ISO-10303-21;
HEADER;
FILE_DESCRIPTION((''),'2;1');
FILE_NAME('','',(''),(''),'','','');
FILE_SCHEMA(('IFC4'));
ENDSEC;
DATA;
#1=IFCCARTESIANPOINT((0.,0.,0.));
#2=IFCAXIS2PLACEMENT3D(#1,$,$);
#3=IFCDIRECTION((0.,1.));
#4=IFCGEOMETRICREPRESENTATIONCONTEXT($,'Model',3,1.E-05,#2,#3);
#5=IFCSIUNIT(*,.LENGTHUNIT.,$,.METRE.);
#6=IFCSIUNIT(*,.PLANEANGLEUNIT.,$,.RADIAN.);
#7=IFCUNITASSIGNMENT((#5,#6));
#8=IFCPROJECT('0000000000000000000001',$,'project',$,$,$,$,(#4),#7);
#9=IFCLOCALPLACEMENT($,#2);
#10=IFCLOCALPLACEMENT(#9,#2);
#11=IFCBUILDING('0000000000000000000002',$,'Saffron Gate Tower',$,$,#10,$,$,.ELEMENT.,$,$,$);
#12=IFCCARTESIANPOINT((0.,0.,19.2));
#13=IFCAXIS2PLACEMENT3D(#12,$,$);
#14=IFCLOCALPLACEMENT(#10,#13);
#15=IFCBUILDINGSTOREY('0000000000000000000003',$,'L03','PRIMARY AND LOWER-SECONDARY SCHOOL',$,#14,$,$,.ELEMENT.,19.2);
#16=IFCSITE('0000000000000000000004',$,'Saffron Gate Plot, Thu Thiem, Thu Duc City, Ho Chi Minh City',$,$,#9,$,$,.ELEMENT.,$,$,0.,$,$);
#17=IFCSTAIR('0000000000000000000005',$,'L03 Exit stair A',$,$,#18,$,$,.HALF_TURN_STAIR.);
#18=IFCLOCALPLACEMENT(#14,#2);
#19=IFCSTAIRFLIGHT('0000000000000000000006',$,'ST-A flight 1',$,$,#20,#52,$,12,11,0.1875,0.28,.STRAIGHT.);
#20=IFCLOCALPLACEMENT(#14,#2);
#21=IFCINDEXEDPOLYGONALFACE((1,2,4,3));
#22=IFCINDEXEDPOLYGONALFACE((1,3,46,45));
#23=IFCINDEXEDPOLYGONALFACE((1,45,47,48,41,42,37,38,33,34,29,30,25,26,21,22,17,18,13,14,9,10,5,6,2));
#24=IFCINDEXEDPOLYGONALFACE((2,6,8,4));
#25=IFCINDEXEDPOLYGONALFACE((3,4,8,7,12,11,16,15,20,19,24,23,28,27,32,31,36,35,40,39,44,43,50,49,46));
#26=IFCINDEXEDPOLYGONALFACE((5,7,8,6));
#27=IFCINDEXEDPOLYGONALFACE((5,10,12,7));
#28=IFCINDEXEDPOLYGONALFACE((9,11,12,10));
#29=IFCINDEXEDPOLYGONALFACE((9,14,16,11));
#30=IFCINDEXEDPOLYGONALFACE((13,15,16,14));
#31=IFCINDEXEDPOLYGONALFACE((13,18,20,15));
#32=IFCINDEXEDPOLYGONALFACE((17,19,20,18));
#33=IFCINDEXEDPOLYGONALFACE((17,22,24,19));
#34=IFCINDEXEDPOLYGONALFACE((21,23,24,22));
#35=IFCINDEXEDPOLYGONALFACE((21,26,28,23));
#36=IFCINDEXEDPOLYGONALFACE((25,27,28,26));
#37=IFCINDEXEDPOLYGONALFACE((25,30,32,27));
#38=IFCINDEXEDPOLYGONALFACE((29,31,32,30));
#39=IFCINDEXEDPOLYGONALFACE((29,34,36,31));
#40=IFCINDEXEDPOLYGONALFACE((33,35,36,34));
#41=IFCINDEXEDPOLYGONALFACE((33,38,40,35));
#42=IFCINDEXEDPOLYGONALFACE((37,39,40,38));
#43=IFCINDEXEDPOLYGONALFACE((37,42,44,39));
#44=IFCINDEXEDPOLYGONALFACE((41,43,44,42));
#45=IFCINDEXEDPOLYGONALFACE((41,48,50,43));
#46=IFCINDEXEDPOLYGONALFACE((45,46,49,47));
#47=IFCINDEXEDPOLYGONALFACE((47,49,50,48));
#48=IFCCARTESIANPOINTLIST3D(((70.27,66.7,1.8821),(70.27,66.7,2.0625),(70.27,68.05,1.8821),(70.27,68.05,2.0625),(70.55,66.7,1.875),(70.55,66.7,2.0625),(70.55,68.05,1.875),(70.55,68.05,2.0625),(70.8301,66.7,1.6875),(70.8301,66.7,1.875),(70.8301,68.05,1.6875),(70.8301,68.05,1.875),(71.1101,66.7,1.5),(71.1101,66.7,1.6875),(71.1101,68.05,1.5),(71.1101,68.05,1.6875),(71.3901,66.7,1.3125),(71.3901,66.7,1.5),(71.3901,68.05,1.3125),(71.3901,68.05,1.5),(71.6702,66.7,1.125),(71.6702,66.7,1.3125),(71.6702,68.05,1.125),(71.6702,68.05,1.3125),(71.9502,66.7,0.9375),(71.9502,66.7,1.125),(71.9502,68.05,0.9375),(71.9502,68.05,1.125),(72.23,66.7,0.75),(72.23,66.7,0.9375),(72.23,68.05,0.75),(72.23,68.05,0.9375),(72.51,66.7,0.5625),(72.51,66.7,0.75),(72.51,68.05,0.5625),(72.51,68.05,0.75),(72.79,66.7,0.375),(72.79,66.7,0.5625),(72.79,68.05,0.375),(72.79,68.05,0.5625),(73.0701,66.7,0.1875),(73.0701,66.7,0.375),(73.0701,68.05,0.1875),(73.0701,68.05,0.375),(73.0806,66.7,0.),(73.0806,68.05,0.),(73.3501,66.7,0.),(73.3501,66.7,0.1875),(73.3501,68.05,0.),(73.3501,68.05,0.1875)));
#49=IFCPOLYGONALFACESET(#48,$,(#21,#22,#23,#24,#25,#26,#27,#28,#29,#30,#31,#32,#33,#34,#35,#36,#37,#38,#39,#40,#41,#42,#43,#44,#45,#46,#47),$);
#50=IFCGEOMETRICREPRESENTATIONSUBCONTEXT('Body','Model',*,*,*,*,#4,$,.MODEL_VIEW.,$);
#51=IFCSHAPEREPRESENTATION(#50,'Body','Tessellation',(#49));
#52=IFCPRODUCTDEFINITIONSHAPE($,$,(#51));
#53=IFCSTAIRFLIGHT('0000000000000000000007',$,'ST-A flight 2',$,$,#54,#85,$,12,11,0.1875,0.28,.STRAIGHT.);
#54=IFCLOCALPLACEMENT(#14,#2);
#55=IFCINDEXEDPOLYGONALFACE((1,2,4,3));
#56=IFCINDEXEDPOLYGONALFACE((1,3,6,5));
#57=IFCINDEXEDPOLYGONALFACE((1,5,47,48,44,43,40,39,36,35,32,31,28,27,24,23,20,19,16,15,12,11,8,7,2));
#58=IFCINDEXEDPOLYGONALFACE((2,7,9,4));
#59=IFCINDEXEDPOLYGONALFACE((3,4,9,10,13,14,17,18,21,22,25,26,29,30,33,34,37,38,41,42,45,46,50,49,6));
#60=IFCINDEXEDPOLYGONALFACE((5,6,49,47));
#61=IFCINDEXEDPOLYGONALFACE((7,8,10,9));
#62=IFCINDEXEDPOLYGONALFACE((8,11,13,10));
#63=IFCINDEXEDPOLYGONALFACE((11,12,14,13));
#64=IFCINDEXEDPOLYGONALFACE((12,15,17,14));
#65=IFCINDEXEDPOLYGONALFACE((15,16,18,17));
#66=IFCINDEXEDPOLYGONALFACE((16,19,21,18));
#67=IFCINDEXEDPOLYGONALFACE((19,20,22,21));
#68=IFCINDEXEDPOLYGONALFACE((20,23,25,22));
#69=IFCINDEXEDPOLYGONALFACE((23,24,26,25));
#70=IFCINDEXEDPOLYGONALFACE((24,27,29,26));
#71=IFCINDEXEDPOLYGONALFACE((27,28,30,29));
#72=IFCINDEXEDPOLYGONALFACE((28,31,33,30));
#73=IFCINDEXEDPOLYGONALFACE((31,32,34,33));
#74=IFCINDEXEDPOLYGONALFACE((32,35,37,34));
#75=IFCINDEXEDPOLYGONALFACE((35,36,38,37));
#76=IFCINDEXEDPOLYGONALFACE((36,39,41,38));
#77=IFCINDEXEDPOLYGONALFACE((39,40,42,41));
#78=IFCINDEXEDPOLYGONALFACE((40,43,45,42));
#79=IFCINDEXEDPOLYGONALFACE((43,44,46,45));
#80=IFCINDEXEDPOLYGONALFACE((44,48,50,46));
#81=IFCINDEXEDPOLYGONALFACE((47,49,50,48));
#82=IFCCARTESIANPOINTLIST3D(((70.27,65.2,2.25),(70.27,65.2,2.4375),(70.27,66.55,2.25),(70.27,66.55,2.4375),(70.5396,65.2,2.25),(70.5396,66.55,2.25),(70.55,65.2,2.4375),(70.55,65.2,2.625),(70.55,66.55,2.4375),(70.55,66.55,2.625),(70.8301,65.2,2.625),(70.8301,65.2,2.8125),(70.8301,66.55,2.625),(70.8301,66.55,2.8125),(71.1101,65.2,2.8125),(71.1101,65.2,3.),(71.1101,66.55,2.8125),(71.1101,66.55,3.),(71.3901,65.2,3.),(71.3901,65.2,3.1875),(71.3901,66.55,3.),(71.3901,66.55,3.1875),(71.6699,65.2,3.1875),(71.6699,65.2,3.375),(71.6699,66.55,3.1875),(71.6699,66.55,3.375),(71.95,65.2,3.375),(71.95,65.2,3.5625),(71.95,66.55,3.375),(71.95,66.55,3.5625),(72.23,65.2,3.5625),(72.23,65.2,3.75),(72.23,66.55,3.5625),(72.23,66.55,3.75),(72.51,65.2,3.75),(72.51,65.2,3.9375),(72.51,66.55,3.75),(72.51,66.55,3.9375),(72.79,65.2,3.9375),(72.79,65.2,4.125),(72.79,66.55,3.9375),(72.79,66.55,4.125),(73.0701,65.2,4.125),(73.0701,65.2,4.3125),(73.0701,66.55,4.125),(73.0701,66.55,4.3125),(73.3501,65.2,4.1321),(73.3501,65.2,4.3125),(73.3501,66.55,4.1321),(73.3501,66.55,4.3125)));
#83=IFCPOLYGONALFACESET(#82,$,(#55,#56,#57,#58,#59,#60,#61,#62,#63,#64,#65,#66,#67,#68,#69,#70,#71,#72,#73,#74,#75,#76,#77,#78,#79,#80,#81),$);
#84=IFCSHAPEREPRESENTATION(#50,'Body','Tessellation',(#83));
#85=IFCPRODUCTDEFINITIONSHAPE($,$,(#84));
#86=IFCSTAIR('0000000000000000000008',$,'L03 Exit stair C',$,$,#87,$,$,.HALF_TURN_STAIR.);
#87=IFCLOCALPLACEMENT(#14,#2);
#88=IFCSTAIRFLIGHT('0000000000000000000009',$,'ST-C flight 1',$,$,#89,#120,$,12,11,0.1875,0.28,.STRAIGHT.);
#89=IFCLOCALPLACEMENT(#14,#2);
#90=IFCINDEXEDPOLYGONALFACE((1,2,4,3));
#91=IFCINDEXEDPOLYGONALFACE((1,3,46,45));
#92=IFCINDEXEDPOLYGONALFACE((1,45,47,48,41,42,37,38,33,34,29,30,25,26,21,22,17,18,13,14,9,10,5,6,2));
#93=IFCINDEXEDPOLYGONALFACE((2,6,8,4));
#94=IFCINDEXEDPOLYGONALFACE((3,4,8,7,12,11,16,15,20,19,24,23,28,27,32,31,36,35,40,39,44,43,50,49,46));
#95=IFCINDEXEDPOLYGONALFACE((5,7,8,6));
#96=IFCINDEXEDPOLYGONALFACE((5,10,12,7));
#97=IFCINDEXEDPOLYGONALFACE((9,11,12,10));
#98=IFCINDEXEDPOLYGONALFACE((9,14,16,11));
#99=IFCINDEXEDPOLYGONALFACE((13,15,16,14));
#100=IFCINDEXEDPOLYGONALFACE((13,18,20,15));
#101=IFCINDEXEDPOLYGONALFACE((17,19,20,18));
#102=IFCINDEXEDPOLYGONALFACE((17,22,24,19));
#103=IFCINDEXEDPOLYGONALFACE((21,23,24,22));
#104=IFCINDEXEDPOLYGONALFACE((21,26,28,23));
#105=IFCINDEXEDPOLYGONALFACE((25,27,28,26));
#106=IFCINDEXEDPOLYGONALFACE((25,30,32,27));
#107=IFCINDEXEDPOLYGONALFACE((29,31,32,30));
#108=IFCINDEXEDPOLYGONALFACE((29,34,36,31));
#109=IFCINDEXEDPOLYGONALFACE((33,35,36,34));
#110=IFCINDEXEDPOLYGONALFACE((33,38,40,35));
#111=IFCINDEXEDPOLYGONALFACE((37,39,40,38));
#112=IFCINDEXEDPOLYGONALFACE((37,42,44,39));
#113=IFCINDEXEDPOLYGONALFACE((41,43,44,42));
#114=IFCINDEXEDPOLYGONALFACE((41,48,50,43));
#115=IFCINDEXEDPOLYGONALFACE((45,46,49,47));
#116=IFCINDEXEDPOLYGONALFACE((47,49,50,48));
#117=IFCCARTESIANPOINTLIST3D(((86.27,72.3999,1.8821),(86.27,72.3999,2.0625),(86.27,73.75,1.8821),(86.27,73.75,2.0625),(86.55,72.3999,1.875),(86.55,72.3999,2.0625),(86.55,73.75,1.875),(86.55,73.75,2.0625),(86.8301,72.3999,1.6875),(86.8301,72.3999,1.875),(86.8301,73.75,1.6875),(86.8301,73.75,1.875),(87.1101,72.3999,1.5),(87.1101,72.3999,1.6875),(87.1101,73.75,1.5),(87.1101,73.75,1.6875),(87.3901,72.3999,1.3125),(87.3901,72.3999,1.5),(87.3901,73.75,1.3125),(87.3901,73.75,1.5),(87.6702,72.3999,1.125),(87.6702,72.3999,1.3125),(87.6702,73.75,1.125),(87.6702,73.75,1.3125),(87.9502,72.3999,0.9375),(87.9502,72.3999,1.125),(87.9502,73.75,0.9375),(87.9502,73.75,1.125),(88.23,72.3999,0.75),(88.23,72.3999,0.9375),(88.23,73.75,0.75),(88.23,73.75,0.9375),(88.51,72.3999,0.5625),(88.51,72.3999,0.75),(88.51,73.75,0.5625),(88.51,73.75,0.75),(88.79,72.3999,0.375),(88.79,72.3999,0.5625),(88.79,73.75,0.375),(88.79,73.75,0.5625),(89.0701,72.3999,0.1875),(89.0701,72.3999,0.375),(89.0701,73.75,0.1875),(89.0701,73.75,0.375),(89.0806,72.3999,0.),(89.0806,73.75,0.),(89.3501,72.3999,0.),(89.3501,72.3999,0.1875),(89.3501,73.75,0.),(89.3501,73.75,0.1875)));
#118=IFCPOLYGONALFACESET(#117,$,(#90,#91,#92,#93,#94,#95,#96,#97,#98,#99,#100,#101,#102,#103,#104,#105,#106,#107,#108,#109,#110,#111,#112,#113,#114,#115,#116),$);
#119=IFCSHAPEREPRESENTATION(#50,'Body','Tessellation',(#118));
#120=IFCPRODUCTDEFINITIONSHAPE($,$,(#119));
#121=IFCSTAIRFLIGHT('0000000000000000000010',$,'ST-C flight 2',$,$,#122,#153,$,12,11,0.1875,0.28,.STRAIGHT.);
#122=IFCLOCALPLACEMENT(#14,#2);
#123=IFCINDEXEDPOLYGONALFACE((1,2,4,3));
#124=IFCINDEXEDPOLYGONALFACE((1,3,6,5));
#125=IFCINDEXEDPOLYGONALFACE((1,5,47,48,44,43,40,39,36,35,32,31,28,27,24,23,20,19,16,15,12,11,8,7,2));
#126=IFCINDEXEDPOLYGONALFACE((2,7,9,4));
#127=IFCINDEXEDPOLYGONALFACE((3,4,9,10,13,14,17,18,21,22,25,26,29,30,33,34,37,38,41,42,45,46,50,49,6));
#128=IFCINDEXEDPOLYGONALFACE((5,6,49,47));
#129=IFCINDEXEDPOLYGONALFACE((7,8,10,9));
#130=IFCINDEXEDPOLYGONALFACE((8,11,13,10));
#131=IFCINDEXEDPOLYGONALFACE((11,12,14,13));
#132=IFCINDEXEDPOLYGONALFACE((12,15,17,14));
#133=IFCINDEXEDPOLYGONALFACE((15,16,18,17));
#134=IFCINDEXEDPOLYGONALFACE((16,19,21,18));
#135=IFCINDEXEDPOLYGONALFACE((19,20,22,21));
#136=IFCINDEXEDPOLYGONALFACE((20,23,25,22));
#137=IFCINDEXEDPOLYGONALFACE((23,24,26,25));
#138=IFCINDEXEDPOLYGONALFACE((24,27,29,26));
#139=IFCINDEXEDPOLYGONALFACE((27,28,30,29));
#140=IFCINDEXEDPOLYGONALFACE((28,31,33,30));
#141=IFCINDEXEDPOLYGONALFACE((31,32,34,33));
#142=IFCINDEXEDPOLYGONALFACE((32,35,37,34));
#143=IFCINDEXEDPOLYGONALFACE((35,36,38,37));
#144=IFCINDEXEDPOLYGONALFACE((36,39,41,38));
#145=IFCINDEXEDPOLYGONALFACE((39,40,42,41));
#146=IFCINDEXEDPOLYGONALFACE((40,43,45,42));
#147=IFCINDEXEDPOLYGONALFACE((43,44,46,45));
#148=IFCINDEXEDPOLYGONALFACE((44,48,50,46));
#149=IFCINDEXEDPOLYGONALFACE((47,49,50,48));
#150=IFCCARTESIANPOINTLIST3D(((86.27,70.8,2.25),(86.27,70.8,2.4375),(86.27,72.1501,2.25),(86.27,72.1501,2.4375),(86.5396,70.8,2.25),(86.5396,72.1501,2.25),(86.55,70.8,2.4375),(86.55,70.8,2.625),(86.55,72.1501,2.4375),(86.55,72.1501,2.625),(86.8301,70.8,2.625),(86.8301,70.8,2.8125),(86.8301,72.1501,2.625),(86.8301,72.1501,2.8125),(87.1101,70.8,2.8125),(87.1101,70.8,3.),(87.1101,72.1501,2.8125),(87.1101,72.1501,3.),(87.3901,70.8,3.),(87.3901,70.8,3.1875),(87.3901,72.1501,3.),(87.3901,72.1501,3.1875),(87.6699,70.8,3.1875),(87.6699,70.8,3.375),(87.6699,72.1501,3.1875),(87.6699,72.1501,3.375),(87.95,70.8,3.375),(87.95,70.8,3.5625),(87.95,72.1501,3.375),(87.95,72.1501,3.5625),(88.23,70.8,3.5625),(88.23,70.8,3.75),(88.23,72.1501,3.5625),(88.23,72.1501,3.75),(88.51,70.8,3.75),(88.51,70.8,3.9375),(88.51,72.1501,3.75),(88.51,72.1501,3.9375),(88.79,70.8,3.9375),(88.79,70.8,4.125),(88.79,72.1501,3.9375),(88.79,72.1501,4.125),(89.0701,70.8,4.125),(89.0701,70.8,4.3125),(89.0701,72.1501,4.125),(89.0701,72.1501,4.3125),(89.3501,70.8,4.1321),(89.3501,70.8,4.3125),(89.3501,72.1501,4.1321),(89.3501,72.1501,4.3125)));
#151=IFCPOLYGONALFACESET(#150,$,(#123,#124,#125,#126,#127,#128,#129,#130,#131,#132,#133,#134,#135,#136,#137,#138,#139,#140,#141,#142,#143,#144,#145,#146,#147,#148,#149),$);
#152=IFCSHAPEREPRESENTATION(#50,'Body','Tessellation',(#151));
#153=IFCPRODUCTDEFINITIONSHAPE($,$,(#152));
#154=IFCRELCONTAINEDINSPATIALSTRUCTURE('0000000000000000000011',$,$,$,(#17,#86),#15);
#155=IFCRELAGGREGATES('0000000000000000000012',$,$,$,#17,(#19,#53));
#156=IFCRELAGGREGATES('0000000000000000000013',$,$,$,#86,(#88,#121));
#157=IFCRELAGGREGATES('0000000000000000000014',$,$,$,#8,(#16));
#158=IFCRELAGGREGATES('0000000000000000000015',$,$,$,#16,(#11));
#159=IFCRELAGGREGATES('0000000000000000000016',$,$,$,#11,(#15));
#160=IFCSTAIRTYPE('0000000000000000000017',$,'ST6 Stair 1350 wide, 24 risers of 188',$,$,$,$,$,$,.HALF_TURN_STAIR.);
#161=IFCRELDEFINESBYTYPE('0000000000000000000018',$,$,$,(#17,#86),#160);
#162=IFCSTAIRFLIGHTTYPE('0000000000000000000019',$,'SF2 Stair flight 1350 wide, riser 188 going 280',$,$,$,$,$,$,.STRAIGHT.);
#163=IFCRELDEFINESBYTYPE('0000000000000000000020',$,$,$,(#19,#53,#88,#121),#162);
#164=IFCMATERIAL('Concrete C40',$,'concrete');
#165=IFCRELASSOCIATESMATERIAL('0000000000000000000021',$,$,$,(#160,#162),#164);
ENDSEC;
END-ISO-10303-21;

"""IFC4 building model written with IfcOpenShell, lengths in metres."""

from ifc_helpers import new_model, si_unit, direction, frame, origin, place, context, subcontext, project, spatial, polyline, outline, extrude, material, type_object, element, aggregate, save


model = new_model("IFC4")

# Units and contexts
model_context = context("Model", 3, precision=1e-05, world=origin(), true_north=direction((0.0, 1.0)))
body_context = subcontext(model_context, "Body", "Model", "MODEL_VIEW")
ifc_project = project(units=[si_unit("LENGTHUNIT", "METRE"), si_unit("PLANEANGLEUNIT", "RADIAN")], contexts=[model_context])

# Site, building, storey
site_placement = place(None, origin())
site = spatial("IfcSite", under=ifc_project, at=site_placement, Name="Saffron Gate Plot, Thu Thiem, Thu Duc City, Ho Chi Minh City", CompositionType="ELEMENT", RefElevation=0.0)
building_placement = place(site_placement, origin())
building = spatial("IfcBuilding", under=site, at=building_placement, Name="Saffron Gate Tower", CompositionType="ELEMENT")
storey_placement = place(building_placement, frame((0.0, 0.0, 19.2)))
storey = spatial("IfcBuildingStorey", under=building, at=storey_placement, Name="L03", Description="PRIMARY AND LOWER-SECONDARY SCHOOL", CompositionType="ELEMENT", Elevation=19.2)

# Stairs, stair flights
ifc_material_1 = material(Name="Concrete C40", Category="concrete")
stair_type = type_object("IfcStairType", Name="ST6 Stair 1350 wide, 24 risers of 188", PredefinedType="HALF_TURN_STAIR", material=ifc_material_1)
stair_1_placement = place(storey_placement, origin())
stair_1 = element("IfcStair", 1, at=stair_1_placement, inside=storey, type_object=stair_type, Name="L03 Exit stair A", PredefinedType="HALF_TURN_STAIR")
stair_flight_type = type_object("IfcStairFlightType", Name="SF2 Stair flight 1350 wide, riser 188 going 280", PredefinedType="STRAIGHT", material=ifc_material_1)
stair_flight_1_placement = place(storey_placement, frame((73.3501, 67.375, 0.0), z_axis=(0.0, 0.0, 1.0), x_axis=(-1.0, 0.0, 0.0)))
stair_flight_1 = element("IfcStairFlight", 2, at=stair_flight_1_placement, type_object=stair_flight_type, Name="ST-A flight 1", NumberOfRisers=12, NumberOfTreads=11, PredefinedType="STRAIGHT", RiserHeight=0.1875, TreadLength=0.28, context=body_context, shape_type="SweptSolid", body=[
    extrude(outline(polyline([(0.0, 0.0), (0.0, 0.1875), (0.28, 0.1875), (0.28, 0.375), (0.5601, 0.375), (0.5601, 0.5625), (0.8401, 0.5625), (0.8401, 0.75), (1.1201, 0.75), (1.1201, 0.9375), (1.3999, 0.9375), (1.3999, 1.125), (1.6799, 1.125), (1.6799, 1.3125), (1.96, 1.3125), (1.96, 1.5), (2.24, 1.5), (2.24, 1.6875), (2.52, 1.6875), (2.52, 1.875), (2.8, 1.875), (2.8, 2.0625), (3.0801, 2.0625), (3.0801, 2.25), (3.0801, 1.8821), (0.2695, 0.0), (0.0, 0.0)])), frame((0.0, 0.675, 0.0), z_axis=(0.0, -1.0, 0.0), x_axis=(1.0, 0.0, 0.0)), (0.0, 0.0, 1.0), 1.3501),
])
stair_flight_2_placement = place(storey_placement, frame((70.27, 65.875, 2.25), z_axis=(0.0, 0.0, 1.0), x_axis=(1.0, 0.0, 0.0)))
stair_flight_2 = element("IfcStairFlight", 3, at=stair_flight_2_placement, type_object=stair_flight_type, Name="ST-A flight 2", NumberOfRisers=12, NumberOfTreads=11, PredefinedType="STRAIGHT", RiserHeight=0.1875, TreadLength=0.28, context=body_context, shape_type="SweptSolid", body=[
    extrude(outline(polyline([(0.0, 0.0), (0.0, 0.1875), (0.28, 0.1875), (0.28, 0.375), (0.5601, 0.375), (0.5601, 0.5625), (0.8401, 0.5625), (0.8401, 0.75), (1.1201, 0.75), (1.1201, 0.9375), (1.3999, 0.9375), (1.3999, 1.125), (1.6799, 1.125), (1.6799, 1.3125), (1.96, 1.3125), (1.96, 1.5), (2.24, 1.5), (2.24, 1.6875), (2.52, 1.6875), (2.52, 1.875), (2.8, 1.875), (2.8, 2.0625), (3.0801, 2.0625), (3.0801, 2.25), (3.0801, 1.8821), (0.2695, 0.0), (0.0, 0.0)])), frame((0.0, 0.675, 0.0), z_axis=(0.0, -1.0, 0.0), x_axis=(1.0, 0.0, 0.0)), (0.0, 0.0, 1.0), 1.3501),
])
aggregate(stair_1, [stair_flight_1, stair_flight_2])
stair_2_placement = place(storey_placement, origin())
stair_2 = element("IfcStair", 4, at=stair_2_placement, inside=storey, type_object=stair_type, Name="L03 Exit stair C", PredefinedType="HALF_TURN_STAIR")
stair_flight_3_placement = place(storey_placement, frame((89.3501, 73.075, 0.0), z_axis=(0.0, 0.0, 1.0), x_axis=(-1.0, 0.0, 0.0)))
stair_flight_3 = element("IfcStairFlight", 5, at=stair_flight_3_placement, type_object=stair_flight_type, Name="ST-C flight 1", NumberOfRisers=12, NumberOfTreads=11, PredefinedType="STRAIGHT", RiserHeight=0.1875, TreadLength=0.28, context=body_context, shape_type="SweptSolid", body=[
    extrude(outline(polyline([(0.0, 0.0), (0.0, 0.1875), (0.28, 0.1875), (0.28, 0.375), (0.5601, 0.375), (0.5601, 0.5625), (0.8401, 0.5625), (0.8401, 0.75), (1.1201, 0.75), (1.1201, 0.9375), (1.3999, 0.9375), (1.3999, 1.125), (1.6799, 1.125), (1.6799, 1.3125), (1.96, 1.3125), (1.96, 1.5), (2.24, 1.5), (2.24, 1.6875), (2.52, 1.6875), (2.52, 1.875), (2.8, 1.875), (2.8, 2.0625), (3.0801, 2.0625), (3.0801, 2.25), (3.0801, 1.8821), (0.2695, 0.0), (0.0, 0.0)])), frame((0.0, 0.675, 0.0), z_axis=(0.0, -1.0, 0.0), x_axis=(1.0, 0.0, 0.0)), (0.0, 0.0, 1.0), 1.3501),
])
stair_flight_4_placement = place(storey_placement, frame((86.27, 71.4751, 2.25), z_axis=(0.0, 0.0, 1.0), x_axis=(1.0, 0.0, 0.0)))
stair_flight_4 = element("IfcStairFlight", 6, at=stair_flight_4_placement, type_object=stair_flight_type, Name="ST-C flight 2", NumberOfRisers=12, NumberOfTreads=11, PredefinedType="STRAIGHT", RiserHeight=0.1875, TreadLength=0.28, context=body_context, shape_type="SweptSolid", body=[
    extrude(outline(polyline([(0.0, 0.0), (0.0, 0.1875), (0.28, 0.1875), (0.28, 0.375), (0.5601, 0.375), (0.5601, 0.5625), (0.8401, 0.5625), (0.8401, 0.75), (1.1201, 0.75), (1.1201, 0.9375), (1.3999, 0.9375), (1.3999, 1.125), (1.6799, 1.125), (1.6799, 1.3125), (1.96, 1.3125), (1.96, 1.5), (2.24, 1.5), (2.24, 1.6875), (2.52, 1.6875), (2.52, 1.875), (2.8, 1.875), (2.8, 2.0625), (3.0801, 2.0625), (3.0801, 2.25), (3.0801, 1.8821), (0.2695, 0.0), (0.0, 0.0)])), frame((0.0, 0.675, 0.0), z_axis=(0.0, -1.0, 0.0), x_axis=(1.0, 0.0, 0.0)), (0.0, 0.0, 1.0), 1.3501),
])
aggregate(stair_2, [stair_flight_3, stair_flight_4])

save(model, "model.ifc")
